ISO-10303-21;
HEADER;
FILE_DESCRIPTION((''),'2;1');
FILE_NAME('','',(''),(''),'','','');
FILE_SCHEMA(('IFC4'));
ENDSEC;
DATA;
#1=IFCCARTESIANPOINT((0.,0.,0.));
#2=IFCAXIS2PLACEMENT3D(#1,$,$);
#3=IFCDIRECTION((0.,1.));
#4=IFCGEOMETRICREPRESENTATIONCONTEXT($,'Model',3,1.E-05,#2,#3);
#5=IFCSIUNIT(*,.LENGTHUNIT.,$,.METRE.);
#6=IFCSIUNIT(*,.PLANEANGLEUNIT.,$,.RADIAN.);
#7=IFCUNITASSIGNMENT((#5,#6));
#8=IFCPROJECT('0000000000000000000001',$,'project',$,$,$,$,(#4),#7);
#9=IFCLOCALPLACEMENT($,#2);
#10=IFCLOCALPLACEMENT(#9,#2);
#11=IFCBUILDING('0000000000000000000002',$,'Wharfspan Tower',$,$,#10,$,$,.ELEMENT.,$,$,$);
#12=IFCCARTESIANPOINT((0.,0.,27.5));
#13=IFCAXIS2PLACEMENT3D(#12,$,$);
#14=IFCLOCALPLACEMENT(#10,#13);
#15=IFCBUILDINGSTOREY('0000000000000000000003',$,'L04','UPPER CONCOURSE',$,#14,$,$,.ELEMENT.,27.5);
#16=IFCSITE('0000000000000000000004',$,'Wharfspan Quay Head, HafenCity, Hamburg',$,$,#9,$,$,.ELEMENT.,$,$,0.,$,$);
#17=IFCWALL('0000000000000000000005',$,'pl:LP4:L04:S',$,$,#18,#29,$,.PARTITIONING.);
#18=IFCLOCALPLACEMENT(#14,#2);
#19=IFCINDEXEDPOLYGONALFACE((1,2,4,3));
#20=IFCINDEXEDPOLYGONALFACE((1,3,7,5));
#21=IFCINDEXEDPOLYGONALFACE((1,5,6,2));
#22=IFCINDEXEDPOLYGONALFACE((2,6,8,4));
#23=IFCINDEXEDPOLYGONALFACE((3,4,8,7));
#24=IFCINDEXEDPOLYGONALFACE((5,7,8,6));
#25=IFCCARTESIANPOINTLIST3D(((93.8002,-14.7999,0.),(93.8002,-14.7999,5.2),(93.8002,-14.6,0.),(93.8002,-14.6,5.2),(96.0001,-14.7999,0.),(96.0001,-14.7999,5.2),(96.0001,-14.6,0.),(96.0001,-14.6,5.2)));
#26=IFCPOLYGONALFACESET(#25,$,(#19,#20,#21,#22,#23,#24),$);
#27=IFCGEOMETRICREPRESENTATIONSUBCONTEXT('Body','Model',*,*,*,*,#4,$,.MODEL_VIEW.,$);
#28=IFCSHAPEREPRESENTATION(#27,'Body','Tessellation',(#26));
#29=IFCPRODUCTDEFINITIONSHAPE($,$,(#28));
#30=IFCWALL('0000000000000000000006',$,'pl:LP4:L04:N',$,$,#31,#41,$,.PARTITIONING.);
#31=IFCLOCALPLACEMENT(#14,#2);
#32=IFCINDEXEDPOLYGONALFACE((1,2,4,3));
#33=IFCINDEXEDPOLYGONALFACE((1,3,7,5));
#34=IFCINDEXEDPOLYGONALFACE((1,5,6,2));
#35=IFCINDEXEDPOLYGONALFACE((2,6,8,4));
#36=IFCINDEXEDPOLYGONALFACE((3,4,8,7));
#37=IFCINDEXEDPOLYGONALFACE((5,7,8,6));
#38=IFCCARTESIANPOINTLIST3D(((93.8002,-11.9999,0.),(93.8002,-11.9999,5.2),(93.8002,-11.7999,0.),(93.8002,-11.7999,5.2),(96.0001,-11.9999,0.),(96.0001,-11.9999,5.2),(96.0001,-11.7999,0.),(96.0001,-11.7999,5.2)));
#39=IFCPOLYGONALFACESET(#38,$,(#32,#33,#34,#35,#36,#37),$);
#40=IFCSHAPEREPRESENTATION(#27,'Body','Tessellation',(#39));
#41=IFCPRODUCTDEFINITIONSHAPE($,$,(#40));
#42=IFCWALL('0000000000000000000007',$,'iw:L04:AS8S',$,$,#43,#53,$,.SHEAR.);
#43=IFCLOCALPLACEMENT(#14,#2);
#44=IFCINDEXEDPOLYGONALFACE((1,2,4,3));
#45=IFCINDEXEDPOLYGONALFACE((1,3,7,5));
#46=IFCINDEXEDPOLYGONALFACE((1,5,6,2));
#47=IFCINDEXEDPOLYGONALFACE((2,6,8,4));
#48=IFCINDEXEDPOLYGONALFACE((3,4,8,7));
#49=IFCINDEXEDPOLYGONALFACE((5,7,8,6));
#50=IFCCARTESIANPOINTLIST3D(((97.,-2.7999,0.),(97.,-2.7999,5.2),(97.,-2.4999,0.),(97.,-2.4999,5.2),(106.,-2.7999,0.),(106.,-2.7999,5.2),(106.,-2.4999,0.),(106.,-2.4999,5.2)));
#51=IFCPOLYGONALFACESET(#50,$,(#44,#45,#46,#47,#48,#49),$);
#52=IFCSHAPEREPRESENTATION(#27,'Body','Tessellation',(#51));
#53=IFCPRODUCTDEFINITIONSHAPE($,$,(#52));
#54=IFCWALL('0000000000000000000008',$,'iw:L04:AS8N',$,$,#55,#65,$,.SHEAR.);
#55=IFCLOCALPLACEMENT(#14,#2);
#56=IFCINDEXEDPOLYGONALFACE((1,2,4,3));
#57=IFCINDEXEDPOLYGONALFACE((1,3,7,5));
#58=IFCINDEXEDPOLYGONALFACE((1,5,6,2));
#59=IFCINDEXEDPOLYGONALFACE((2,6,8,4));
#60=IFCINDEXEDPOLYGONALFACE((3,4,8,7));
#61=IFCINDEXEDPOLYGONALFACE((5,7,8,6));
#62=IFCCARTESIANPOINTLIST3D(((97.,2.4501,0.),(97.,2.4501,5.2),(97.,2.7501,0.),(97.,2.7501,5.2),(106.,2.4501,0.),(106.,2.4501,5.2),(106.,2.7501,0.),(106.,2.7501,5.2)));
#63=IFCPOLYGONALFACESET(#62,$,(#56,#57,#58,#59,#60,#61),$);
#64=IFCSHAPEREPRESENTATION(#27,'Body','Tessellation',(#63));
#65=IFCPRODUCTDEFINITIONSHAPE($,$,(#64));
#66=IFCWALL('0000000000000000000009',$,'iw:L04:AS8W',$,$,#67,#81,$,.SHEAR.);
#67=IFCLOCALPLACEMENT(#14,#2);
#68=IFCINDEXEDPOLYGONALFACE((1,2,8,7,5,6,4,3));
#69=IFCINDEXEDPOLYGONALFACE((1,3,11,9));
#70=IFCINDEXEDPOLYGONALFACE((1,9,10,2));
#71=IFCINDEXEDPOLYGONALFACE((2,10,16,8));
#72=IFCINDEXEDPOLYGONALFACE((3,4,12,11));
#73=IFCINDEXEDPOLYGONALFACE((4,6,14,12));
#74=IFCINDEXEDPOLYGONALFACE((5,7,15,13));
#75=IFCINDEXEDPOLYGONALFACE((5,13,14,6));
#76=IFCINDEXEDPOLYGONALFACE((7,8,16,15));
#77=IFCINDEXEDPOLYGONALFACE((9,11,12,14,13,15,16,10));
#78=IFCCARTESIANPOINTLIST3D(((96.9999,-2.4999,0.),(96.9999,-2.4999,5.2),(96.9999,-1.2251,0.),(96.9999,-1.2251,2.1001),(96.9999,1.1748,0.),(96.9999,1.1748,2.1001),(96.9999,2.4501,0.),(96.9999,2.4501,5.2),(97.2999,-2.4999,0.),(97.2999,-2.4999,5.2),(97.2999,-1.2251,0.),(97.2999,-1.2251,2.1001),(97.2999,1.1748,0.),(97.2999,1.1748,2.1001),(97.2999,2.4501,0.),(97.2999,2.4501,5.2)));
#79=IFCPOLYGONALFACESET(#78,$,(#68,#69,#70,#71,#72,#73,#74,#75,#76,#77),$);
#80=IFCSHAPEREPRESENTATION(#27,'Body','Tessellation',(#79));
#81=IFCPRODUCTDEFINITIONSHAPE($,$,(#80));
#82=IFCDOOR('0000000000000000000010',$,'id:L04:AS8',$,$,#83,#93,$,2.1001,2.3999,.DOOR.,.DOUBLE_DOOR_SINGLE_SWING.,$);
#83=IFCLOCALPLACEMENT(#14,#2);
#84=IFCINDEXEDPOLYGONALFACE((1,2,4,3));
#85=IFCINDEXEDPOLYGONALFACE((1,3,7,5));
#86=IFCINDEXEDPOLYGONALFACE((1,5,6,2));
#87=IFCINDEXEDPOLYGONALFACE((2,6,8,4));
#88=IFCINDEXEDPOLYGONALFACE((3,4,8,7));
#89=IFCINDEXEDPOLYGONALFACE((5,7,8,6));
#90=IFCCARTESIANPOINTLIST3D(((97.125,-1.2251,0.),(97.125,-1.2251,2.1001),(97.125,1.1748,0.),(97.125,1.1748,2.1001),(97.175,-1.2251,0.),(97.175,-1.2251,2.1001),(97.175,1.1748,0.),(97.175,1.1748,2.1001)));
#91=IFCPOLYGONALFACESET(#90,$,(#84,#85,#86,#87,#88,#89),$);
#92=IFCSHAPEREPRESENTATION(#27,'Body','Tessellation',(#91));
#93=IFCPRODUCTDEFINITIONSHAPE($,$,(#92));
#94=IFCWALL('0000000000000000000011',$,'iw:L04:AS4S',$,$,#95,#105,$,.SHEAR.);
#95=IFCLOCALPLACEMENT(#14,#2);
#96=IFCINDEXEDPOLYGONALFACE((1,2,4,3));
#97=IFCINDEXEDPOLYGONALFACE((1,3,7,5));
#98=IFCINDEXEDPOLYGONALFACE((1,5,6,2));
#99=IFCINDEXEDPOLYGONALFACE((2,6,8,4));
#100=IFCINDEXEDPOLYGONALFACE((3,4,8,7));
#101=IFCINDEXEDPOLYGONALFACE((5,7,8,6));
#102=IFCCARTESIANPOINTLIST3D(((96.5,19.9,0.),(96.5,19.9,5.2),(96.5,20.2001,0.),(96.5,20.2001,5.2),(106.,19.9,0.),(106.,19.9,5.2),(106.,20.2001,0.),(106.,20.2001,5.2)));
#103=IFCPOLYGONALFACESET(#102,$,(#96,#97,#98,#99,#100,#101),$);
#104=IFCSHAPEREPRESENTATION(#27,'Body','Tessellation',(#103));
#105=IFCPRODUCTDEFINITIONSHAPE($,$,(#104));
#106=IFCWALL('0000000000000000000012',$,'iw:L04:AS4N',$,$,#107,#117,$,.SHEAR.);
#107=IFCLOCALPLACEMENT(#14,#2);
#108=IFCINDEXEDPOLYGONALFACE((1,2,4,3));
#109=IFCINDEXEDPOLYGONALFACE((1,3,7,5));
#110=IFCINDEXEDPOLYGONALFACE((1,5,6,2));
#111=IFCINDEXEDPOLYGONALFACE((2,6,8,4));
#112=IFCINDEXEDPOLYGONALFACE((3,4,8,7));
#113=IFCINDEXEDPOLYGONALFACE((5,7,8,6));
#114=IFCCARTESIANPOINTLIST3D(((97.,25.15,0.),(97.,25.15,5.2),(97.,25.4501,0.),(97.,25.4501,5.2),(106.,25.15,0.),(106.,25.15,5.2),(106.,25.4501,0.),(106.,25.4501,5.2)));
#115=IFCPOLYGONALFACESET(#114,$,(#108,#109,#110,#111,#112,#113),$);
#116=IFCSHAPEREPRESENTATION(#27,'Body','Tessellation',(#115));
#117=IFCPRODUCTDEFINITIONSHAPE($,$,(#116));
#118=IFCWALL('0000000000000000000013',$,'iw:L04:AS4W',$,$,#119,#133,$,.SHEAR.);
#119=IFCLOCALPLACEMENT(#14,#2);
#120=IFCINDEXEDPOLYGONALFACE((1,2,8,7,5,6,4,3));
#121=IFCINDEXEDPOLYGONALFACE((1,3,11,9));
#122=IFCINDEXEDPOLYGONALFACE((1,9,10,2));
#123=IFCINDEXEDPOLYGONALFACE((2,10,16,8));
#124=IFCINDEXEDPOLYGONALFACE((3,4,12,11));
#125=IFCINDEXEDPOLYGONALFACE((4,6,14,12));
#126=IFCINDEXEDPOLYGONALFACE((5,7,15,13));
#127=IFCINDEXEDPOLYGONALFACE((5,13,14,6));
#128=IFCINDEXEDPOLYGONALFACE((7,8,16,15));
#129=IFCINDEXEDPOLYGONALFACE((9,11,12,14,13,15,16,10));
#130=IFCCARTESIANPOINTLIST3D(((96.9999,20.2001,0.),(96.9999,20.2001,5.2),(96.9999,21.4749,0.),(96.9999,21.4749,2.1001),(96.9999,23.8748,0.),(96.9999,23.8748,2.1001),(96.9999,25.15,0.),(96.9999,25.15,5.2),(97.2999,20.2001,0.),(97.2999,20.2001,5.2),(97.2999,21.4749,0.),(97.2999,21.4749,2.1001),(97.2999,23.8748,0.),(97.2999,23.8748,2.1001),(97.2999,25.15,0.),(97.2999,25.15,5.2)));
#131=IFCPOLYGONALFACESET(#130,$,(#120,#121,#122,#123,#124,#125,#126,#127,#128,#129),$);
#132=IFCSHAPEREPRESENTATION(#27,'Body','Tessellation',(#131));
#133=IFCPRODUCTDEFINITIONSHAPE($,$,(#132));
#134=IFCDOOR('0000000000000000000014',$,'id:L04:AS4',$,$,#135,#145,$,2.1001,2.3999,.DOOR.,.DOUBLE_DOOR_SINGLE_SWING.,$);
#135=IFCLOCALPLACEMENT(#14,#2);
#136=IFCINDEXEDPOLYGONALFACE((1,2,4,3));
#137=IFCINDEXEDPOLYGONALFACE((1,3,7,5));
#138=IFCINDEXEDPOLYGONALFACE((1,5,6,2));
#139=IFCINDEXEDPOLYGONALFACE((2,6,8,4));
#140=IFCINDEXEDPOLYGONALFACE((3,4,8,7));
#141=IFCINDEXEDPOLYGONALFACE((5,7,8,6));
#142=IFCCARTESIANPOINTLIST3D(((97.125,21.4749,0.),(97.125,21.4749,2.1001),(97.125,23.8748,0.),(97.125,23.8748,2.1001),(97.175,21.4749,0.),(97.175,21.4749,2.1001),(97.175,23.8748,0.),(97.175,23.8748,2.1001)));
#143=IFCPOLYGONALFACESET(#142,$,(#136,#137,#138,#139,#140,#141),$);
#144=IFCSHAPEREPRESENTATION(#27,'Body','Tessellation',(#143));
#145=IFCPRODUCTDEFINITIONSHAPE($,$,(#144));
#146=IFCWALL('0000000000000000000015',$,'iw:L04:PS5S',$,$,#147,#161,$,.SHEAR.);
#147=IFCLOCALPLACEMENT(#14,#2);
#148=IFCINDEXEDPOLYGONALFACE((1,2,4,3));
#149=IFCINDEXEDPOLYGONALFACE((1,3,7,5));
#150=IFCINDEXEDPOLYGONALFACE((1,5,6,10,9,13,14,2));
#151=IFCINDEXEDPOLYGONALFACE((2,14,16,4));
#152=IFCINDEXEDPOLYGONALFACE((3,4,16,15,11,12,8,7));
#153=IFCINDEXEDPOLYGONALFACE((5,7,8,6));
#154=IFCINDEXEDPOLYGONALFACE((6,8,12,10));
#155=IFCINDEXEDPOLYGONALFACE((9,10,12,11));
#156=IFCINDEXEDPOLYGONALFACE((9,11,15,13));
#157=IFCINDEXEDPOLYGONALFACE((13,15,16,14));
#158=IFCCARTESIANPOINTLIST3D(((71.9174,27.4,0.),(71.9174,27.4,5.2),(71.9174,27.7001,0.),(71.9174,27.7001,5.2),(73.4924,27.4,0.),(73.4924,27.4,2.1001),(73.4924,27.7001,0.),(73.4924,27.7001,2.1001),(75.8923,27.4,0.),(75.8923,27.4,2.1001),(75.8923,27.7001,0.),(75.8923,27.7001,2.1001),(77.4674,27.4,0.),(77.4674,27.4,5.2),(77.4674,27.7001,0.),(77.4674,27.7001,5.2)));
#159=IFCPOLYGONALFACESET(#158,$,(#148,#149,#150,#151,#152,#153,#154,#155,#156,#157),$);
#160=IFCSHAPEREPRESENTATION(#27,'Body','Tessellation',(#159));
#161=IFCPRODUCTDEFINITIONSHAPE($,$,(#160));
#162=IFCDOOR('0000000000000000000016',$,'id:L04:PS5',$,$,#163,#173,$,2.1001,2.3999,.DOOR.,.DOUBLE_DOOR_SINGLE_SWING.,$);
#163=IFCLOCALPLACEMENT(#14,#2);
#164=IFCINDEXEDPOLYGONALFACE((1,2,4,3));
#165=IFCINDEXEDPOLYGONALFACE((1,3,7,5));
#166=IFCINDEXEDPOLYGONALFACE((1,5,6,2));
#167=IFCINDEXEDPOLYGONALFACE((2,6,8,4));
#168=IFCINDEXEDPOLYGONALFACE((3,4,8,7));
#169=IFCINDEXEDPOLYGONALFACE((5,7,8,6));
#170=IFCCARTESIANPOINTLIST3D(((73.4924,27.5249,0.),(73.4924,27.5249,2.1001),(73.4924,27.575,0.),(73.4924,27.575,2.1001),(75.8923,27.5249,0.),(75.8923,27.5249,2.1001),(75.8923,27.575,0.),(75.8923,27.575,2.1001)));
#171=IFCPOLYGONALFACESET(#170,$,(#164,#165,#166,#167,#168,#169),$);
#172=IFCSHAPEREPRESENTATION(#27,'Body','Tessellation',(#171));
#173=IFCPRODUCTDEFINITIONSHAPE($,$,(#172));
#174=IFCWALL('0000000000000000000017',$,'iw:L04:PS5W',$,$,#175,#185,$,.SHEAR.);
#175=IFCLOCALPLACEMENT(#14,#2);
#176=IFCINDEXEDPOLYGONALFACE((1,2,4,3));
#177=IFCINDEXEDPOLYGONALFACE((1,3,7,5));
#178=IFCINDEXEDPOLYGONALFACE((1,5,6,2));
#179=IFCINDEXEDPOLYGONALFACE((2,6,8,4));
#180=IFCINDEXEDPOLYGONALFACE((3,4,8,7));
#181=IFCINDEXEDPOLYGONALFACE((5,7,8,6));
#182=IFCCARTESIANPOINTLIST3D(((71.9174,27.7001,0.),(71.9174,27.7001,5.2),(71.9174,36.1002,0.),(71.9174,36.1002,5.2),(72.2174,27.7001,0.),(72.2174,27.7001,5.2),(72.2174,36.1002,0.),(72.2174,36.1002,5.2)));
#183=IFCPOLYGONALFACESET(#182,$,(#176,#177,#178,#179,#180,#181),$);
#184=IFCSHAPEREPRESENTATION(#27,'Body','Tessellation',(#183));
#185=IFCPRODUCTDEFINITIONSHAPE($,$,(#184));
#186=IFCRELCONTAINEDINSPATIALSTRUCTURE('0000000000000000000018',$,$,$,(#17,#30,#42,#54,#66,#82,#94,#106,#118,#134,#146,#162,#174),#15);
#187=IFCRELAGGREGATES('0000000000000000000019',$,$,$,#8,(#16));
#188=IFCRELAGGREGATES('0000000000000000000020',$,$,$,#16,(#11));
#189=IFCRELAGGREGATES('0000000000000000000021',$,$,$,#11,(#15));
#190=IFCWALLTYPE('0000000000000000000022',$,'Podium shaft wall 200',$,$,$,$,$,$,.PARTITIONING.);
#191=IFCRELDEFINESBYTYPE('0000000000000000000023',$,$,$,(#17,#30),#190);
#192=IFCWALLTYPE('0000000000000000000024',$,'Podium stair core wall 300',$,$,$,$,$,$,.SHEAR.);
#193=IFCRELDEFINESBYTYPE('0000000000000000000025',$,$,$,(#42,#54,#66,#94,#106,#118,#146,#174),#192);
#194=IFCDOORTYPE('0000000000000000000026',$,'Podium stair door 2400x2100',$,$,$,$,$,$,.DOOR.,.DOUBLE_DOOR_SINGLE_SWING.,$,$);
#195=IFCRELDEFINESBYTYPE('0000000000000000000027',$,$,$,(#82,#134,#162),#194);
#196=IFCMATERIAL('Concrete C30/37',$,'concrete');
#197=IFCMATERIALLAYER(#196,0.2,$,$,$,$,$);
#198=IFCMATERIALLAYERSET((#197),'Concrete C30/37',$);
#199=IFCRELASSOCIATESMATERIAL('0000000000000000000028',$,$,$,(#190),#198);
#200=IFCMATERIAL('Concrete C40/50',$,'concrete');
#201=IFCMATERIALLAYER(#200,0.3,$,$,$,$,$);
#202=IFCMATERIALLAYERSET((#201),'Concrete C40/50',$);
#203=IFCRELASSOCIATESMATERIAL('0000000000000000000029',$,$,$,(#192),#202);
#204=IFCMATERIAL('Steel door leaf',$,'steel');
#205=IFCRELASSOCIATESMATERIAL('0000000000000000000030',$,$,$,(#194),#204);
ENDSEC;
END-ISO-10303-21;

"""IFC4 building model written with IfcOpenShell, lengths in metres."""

from ifc_helpers import new_model, si_unit, direction, frame, frame_2d, origin, place, context, subcontext, project, spatial, rectangle, extrude, material, layer, layer_set, type_object, element, fill, save


model = new_model("IFC4")

# Units and contexts
model_context = context("Model", 3, precision=1e-05, world=origin(), true_north=direction((0.0, 1.0)))
body_context = subcontext(model_context, "Body", "Model", "MODEL_VIEW")
ifc_project = project(units=[si_unit("LENGTHUNIT", "METRE"), si_unit("PLANEANGLEUNIT", "RADIAN")], contexts=[model_context])

# Site, building, storey
site_placement = place(None, origin())
site = spatial("IfcSite", under=ifc_project, at=site_placement, Name="Wharfspan Quay Head, HafenCity, Hamburg", CompositionType="ELEMENT", RefElevation=0.0)
building_placement = place(site_placement, origin())
building = spatial("IfcBuilding", under=site, at=building_placement, Name="Wharfspan Tower", CompositionType="ELEMENT")
storey_placement = place(building_placement, frame((0.0, 0.0, 27.5)))
storey = spatial("IfcBuildingStorey", under=building, at=storey_placement, Name="L04", Description="UPPER CONCOURSE", CompositionType="ELEMENT", Elevation=27.5)

# Walls
ifc_material_1 = material(Name="Concrete C30/37", Category="concrete")
ifc_layer_1 = layer(ifc_material_1, 0.2)
ifc_layer_set_1 = layer_set([ifc_layer_1], Name="Concrete C30/37")
wall_type_1 = type_object("IfcWallType", Name="Podium shaft wall 200", PredefinedType="PARTITIONING", material=ifc_layer_set_1)
for number, where, z_axis, x_axis, name in (
    (1, (93.8, -14.7, 0.0), (0.0, 0.0, 1.0), (1.0, 0.0, 0.0), "pl:LP4:L04:S"),
    (2, (93.8, -11.8999, 0.0), (0.0, 0.0, 1.0), (1.0, 0.0, 0.0), "pl:LP4:L04:N"),
):
    element("IfcWall", number, at=place(storey_placement, frame(where, z_axis=z_axis, x_axis=x_axis)), inside=storey, type_object=wall_type_1, Name=name, PredefinedType="PARTITIONING", context=body_context, shape_type="SweptSolid", body=[
        extrude(rectangle(XDim=2.2, YDim=0.2, at=frame_2d((1.1001, 0.0))), origin(), (0.0, 0.0, 1.0), 5.2),
    ])
ifc_material_2 = material(Name="Concrete C40/50", Category="concrete")
ifc_layer_2 = layer(ifc_material_2, 0.3)
ifc_layer_set_2 = layer_set([ifc_layer_2], Name="Concrete C40/50")
wall_type_2 = type_object("IfcWallType", Name="Podium stair core wall 300", PredefinedType="SHEAR", material=ifc_layer_set_2)
for number, where, z_axis, x_axis, name in (
    (3, (97.0, -2.6499, 0.0), (0.0, 0.0, 1.0), (1.0, 0.0, 0.0), "iw:L04:AS8S"),
    (4, (97.0, 2.6001, 0.0), (0.0, 0.0, 1.0), (1.0, 0.0, 0.0), "iw:L04:AS8N"),
):
    element("IfcWall", number, at=place(storey_placement, frame(where, z_axis=z_axis, x_axis=x_axis)), inside=storey, type_object=wall_type_2, Name=name, PredefinedType="SHEAR", context=body_context, shape_type="SweptSolid", body=[
        extrude(rectangle(XDim=9.0, YDim=0.3, at=frame_2d((4.5, 0.0))), origin(), (0.0, 0.0, 1.0), 5.2),
    ])

# Wall, opening, door
wall_1_placement = place(storey_placement, frame((97.1499, -2.5, 0.0), z_axis=(0.0, 0.0, 1.0), x_axis=(0.0, 1.0, 0.0)))
wall_1 = element("IfcWall", 5, at=wall_1_placement, inside=storey, type_object=wall_type_2, Name="iw:L04:AS8W", PredefinedType="SHEAR", context=body_context, shape_type="SweptSolid", body=[
    extrude(rectangle(XDim=4.95, YDim=0.3, at=frame_2d((2.4751, 0.0))), origin(), (0.0, 0.0, 1.0), 5.2),
])
opening_1_placement = place(wall_1_placement, frame((1.2749, 0.0, 0.0)))
opening_1 = element("IfcOpeningElement", 6, at=opening_1_placement, cuts=wall_1, PredefinedType="OPENING", context=body_context, shape_type="SweptSolid", body=[
    extrude(rectangle(XDim=2.3999, YDim=2.1001, at=frame_2d((1.2, 1.05))), frame((0.0, 0.1599, 0.0), z_axis=(0.0, -1.0, 0.0), x_axis=(1.0, 0.0, 0.0)), (0.0, 0.0, 1.0), 0.3201),
])
ifc_material_3 = material(Name="Steel door leaf", Category="steel")
door_type = type_object("IfcDoorType", Name="Podium stair door 2400x2100", OperationType="DOUBLE_DOOR_SINGLE_SWING", PredefinedType="DOOR", material=ifc_material_3)
door_1_placement = place(opening_1_placement, origin())
door_1 = element("IfcDoor", 7, at=door_1_placement, inside=storey, type_object=door_type, Name="id:L04:AS8", OperationType="DOUBLE_DOOR_SINGLE_SWING", OverallHeight=2.1001, OverallWidth=2.3999, PredefinedType="DOOR", context=body_context, shape_type="SweptSolid", body=[
    extrude(rectangle(XDim=2.3999, YDim=2.1001, at=frame_2d((1.2, 1.05))), frame((0.0, 0.0249, 0.0), z_axis=(0.0, -1.0, 0.0), x_axis=(1.0, 0.0, 0.0)), (0.0, 0.0, 1.0), 0.05),
])
fill(opening_1, door_1)

# Walls
wall_2_placement = place(storey_placement, frame((96.5, 20.05, 0.0), z_axis=(0.0, 0.0, 1.0), x_axis=(1.0, 0.0, 0.0)))
element("IfcWall", 8, at=wall_2_placement, inside=storey, type_object=wall_type_2, Name="iw:L04:AS4S", PredefinedType="SHEAR", context=body_context, shape_type="SweptSolid", body=[
    extrude(rectangle(XDim=9.5, YDim=0.3, at=frame_2d((4.75, 0.0))), origin(), (0.0, 0.0, 1.0), 5.2),
])
wall_3_placement = place(storey_placement, frame((97.0, 25.3, 0.0), z_axis=(0.0, 0.0, 1.0), x_axis=(1.0, 0.0, 0.0)))
element("IfcWall", 9, at=wall_3_placement, inside=storey, type_object=wall_type_2, Name="iw:L04:AS4N", PredefinedType="SHEAR", context=body_context, shape_type="SweptSolid", body=[
    extrude(rectangle(XDim=9.0, YDim=0.3, at=frame_2d((4.5, 0.0))), origin(), (0.0, 0.0, 1.0), 5.2),
])

# Walls, openings, doors
wall_4_placement = place(storey_placement, frame((97.1499, 20.2, 0.0), z_axis=(0.0, 0.0, 1.0), x_axis=(0.0, 1.0, 0.0)))
wall_4 = element("IfcWall", 10, at=wall_4_placement, inside=storey, type_object=wall_type_2, Name="iw:L04:AS4W", PredefinedType="SHEAR", context=body_context, shape_type="SweptSolid", body=[
    extrude(rectangle(XDim=4.95, YDim=0.3, at=frame_2d((2.4751, 0.0))), origin(), (0.0, 0.0, 1.0), 5.2),
])
opening_2_placement = place(wall_4_placement, frame((1.2749, 0.0, 0.0)))
opening_2 = element("IfcOpeningElement", 11, at=opening_2_placement, cuts=wall_4, PredefinedType="OPENING", context=body_context, shape_type="SweptSolid", body=[
    extrude(rectangle(XDim=2.3999, YDim=2.1001, at=frame_2d((1.2, 1.05))), frame((0.0, 0.1599, 0.0), z_axis=(0.0, -1.0, 0.0), x_axis=(1.0, 0.0, 0.0)), (0.0, 0.0, 1.0), 0.3201),
])
door_2_placement = place(opening_2_placement, origin())
door_2 = element("IfcDoor", 12, at=door_2_placement, inside=storey, type_object=door_type, Name="id:L04:AS4", OperationType="DOUBLE_DOOR_SINGLE_SWING", OverallHeight=2.1001, OverallWidth=2.3999, PredefinedType="DOOR", context=body_context, shape_type="SweptSolid", body=[
    extrude(rectangle(XDim=2.3999, YDim=2.1001, at=frame_2d((1.2, 1.05))), frame((0.0, 0.0249, 0.0), z_axis=(0.0, -1.0, 0.0), x_axis=(1.0, 0.0, 0.0)), (0.0, 0.0, 1.0), 0.05),
])
fill(opening_2, door_2)
wall_5_placement = place(storey_placement, frame((71.9175, 27.55, 0.0), z_axis=(0.0, 0.0, 1.0), x_axis=(1.0, 0.0, 0.0)))
wall_5 = element("IfcWall", 13, at=wall_5_placement, inside=storey, type_object=wall_type_2, Name="iw:L04:PS5S", PredefinedType="SHEAR", context=body_context, shape_type="SweptSolid", body=[
    extrude(rectangle(XDim=5.55, YDim=0.3, at=frame_2d((2.7749, 0.0))), origin(), (0.0, 0.0, 1.0), 5.2),
])
opening_3_placement = place(wall_5_placement, frame((1.575, 0.0, 0.0)))
opening_3 = element("IfcOpeningElement", 14, at=opening_3_placement, cuts=wall_5, PredefinedType="OPENING", context=body_context, shape_type="SweptSolid", body=[
    extrude(rectangle(XDim=2.3999, YDim=2.1001, at=frame_2d((1.2, 1.05))), frame((0.0, 0.1599, 0.0), z_axis=(0.0, -1.0, 0.0), x_axis=(1.0, 0.0, 0.0)), (0.0, 0.0, 1.0), 0.3201),
])
door_3_placement = place(opening_3_placement, origin())
door_3 = element("IfcDoor", 15, at=door_3_placement, inside=storey, type_object=door_type, Name="id:L04:PS5", OperationType="DOUBLE_DOOR_SINGLE_SWING", OverallHeight=2.1001, OverallWidth=2.3999, PredefinedType="DOOR", context=body_context, shape_type="SweptSolid", body=[
    extrude(rectangle(XDim=2.3999, YDim=2.1001, at=frame_2d((1.2, 1.05))), frame((0.0, 0.0249, 0.0), z_axis=(0.0, -1.0, 0.0), x_axis=(1.0, 0.0, 0.0)), (0.0, 0.0, 1.0), 0.05),
])
fill(opening_3, door_3)

# Wall
wall_6_placement = place(storey_placement, frame((72.0674, 27.7, 0.0), z_axis=(0.0, 0.0, 1.0), x_axis=(0.0, 1.0, 0.0)))
element("IfcWall", 16, at=wall_6_placement, inside=storey, type_object=wall_type_2, Name="iw:L04:PS5W", PredefinedType="SHEAR", context=body_context, shape_type="SweptSolid", body=[
    extrude(rectangle(XDim=8.4001, YDim=0.3, at=frame_2d((4.2002, 0.0))), origin(), (0.0, 0.0, 1.0), 5.2),
])

save(model, "model.ifc")
